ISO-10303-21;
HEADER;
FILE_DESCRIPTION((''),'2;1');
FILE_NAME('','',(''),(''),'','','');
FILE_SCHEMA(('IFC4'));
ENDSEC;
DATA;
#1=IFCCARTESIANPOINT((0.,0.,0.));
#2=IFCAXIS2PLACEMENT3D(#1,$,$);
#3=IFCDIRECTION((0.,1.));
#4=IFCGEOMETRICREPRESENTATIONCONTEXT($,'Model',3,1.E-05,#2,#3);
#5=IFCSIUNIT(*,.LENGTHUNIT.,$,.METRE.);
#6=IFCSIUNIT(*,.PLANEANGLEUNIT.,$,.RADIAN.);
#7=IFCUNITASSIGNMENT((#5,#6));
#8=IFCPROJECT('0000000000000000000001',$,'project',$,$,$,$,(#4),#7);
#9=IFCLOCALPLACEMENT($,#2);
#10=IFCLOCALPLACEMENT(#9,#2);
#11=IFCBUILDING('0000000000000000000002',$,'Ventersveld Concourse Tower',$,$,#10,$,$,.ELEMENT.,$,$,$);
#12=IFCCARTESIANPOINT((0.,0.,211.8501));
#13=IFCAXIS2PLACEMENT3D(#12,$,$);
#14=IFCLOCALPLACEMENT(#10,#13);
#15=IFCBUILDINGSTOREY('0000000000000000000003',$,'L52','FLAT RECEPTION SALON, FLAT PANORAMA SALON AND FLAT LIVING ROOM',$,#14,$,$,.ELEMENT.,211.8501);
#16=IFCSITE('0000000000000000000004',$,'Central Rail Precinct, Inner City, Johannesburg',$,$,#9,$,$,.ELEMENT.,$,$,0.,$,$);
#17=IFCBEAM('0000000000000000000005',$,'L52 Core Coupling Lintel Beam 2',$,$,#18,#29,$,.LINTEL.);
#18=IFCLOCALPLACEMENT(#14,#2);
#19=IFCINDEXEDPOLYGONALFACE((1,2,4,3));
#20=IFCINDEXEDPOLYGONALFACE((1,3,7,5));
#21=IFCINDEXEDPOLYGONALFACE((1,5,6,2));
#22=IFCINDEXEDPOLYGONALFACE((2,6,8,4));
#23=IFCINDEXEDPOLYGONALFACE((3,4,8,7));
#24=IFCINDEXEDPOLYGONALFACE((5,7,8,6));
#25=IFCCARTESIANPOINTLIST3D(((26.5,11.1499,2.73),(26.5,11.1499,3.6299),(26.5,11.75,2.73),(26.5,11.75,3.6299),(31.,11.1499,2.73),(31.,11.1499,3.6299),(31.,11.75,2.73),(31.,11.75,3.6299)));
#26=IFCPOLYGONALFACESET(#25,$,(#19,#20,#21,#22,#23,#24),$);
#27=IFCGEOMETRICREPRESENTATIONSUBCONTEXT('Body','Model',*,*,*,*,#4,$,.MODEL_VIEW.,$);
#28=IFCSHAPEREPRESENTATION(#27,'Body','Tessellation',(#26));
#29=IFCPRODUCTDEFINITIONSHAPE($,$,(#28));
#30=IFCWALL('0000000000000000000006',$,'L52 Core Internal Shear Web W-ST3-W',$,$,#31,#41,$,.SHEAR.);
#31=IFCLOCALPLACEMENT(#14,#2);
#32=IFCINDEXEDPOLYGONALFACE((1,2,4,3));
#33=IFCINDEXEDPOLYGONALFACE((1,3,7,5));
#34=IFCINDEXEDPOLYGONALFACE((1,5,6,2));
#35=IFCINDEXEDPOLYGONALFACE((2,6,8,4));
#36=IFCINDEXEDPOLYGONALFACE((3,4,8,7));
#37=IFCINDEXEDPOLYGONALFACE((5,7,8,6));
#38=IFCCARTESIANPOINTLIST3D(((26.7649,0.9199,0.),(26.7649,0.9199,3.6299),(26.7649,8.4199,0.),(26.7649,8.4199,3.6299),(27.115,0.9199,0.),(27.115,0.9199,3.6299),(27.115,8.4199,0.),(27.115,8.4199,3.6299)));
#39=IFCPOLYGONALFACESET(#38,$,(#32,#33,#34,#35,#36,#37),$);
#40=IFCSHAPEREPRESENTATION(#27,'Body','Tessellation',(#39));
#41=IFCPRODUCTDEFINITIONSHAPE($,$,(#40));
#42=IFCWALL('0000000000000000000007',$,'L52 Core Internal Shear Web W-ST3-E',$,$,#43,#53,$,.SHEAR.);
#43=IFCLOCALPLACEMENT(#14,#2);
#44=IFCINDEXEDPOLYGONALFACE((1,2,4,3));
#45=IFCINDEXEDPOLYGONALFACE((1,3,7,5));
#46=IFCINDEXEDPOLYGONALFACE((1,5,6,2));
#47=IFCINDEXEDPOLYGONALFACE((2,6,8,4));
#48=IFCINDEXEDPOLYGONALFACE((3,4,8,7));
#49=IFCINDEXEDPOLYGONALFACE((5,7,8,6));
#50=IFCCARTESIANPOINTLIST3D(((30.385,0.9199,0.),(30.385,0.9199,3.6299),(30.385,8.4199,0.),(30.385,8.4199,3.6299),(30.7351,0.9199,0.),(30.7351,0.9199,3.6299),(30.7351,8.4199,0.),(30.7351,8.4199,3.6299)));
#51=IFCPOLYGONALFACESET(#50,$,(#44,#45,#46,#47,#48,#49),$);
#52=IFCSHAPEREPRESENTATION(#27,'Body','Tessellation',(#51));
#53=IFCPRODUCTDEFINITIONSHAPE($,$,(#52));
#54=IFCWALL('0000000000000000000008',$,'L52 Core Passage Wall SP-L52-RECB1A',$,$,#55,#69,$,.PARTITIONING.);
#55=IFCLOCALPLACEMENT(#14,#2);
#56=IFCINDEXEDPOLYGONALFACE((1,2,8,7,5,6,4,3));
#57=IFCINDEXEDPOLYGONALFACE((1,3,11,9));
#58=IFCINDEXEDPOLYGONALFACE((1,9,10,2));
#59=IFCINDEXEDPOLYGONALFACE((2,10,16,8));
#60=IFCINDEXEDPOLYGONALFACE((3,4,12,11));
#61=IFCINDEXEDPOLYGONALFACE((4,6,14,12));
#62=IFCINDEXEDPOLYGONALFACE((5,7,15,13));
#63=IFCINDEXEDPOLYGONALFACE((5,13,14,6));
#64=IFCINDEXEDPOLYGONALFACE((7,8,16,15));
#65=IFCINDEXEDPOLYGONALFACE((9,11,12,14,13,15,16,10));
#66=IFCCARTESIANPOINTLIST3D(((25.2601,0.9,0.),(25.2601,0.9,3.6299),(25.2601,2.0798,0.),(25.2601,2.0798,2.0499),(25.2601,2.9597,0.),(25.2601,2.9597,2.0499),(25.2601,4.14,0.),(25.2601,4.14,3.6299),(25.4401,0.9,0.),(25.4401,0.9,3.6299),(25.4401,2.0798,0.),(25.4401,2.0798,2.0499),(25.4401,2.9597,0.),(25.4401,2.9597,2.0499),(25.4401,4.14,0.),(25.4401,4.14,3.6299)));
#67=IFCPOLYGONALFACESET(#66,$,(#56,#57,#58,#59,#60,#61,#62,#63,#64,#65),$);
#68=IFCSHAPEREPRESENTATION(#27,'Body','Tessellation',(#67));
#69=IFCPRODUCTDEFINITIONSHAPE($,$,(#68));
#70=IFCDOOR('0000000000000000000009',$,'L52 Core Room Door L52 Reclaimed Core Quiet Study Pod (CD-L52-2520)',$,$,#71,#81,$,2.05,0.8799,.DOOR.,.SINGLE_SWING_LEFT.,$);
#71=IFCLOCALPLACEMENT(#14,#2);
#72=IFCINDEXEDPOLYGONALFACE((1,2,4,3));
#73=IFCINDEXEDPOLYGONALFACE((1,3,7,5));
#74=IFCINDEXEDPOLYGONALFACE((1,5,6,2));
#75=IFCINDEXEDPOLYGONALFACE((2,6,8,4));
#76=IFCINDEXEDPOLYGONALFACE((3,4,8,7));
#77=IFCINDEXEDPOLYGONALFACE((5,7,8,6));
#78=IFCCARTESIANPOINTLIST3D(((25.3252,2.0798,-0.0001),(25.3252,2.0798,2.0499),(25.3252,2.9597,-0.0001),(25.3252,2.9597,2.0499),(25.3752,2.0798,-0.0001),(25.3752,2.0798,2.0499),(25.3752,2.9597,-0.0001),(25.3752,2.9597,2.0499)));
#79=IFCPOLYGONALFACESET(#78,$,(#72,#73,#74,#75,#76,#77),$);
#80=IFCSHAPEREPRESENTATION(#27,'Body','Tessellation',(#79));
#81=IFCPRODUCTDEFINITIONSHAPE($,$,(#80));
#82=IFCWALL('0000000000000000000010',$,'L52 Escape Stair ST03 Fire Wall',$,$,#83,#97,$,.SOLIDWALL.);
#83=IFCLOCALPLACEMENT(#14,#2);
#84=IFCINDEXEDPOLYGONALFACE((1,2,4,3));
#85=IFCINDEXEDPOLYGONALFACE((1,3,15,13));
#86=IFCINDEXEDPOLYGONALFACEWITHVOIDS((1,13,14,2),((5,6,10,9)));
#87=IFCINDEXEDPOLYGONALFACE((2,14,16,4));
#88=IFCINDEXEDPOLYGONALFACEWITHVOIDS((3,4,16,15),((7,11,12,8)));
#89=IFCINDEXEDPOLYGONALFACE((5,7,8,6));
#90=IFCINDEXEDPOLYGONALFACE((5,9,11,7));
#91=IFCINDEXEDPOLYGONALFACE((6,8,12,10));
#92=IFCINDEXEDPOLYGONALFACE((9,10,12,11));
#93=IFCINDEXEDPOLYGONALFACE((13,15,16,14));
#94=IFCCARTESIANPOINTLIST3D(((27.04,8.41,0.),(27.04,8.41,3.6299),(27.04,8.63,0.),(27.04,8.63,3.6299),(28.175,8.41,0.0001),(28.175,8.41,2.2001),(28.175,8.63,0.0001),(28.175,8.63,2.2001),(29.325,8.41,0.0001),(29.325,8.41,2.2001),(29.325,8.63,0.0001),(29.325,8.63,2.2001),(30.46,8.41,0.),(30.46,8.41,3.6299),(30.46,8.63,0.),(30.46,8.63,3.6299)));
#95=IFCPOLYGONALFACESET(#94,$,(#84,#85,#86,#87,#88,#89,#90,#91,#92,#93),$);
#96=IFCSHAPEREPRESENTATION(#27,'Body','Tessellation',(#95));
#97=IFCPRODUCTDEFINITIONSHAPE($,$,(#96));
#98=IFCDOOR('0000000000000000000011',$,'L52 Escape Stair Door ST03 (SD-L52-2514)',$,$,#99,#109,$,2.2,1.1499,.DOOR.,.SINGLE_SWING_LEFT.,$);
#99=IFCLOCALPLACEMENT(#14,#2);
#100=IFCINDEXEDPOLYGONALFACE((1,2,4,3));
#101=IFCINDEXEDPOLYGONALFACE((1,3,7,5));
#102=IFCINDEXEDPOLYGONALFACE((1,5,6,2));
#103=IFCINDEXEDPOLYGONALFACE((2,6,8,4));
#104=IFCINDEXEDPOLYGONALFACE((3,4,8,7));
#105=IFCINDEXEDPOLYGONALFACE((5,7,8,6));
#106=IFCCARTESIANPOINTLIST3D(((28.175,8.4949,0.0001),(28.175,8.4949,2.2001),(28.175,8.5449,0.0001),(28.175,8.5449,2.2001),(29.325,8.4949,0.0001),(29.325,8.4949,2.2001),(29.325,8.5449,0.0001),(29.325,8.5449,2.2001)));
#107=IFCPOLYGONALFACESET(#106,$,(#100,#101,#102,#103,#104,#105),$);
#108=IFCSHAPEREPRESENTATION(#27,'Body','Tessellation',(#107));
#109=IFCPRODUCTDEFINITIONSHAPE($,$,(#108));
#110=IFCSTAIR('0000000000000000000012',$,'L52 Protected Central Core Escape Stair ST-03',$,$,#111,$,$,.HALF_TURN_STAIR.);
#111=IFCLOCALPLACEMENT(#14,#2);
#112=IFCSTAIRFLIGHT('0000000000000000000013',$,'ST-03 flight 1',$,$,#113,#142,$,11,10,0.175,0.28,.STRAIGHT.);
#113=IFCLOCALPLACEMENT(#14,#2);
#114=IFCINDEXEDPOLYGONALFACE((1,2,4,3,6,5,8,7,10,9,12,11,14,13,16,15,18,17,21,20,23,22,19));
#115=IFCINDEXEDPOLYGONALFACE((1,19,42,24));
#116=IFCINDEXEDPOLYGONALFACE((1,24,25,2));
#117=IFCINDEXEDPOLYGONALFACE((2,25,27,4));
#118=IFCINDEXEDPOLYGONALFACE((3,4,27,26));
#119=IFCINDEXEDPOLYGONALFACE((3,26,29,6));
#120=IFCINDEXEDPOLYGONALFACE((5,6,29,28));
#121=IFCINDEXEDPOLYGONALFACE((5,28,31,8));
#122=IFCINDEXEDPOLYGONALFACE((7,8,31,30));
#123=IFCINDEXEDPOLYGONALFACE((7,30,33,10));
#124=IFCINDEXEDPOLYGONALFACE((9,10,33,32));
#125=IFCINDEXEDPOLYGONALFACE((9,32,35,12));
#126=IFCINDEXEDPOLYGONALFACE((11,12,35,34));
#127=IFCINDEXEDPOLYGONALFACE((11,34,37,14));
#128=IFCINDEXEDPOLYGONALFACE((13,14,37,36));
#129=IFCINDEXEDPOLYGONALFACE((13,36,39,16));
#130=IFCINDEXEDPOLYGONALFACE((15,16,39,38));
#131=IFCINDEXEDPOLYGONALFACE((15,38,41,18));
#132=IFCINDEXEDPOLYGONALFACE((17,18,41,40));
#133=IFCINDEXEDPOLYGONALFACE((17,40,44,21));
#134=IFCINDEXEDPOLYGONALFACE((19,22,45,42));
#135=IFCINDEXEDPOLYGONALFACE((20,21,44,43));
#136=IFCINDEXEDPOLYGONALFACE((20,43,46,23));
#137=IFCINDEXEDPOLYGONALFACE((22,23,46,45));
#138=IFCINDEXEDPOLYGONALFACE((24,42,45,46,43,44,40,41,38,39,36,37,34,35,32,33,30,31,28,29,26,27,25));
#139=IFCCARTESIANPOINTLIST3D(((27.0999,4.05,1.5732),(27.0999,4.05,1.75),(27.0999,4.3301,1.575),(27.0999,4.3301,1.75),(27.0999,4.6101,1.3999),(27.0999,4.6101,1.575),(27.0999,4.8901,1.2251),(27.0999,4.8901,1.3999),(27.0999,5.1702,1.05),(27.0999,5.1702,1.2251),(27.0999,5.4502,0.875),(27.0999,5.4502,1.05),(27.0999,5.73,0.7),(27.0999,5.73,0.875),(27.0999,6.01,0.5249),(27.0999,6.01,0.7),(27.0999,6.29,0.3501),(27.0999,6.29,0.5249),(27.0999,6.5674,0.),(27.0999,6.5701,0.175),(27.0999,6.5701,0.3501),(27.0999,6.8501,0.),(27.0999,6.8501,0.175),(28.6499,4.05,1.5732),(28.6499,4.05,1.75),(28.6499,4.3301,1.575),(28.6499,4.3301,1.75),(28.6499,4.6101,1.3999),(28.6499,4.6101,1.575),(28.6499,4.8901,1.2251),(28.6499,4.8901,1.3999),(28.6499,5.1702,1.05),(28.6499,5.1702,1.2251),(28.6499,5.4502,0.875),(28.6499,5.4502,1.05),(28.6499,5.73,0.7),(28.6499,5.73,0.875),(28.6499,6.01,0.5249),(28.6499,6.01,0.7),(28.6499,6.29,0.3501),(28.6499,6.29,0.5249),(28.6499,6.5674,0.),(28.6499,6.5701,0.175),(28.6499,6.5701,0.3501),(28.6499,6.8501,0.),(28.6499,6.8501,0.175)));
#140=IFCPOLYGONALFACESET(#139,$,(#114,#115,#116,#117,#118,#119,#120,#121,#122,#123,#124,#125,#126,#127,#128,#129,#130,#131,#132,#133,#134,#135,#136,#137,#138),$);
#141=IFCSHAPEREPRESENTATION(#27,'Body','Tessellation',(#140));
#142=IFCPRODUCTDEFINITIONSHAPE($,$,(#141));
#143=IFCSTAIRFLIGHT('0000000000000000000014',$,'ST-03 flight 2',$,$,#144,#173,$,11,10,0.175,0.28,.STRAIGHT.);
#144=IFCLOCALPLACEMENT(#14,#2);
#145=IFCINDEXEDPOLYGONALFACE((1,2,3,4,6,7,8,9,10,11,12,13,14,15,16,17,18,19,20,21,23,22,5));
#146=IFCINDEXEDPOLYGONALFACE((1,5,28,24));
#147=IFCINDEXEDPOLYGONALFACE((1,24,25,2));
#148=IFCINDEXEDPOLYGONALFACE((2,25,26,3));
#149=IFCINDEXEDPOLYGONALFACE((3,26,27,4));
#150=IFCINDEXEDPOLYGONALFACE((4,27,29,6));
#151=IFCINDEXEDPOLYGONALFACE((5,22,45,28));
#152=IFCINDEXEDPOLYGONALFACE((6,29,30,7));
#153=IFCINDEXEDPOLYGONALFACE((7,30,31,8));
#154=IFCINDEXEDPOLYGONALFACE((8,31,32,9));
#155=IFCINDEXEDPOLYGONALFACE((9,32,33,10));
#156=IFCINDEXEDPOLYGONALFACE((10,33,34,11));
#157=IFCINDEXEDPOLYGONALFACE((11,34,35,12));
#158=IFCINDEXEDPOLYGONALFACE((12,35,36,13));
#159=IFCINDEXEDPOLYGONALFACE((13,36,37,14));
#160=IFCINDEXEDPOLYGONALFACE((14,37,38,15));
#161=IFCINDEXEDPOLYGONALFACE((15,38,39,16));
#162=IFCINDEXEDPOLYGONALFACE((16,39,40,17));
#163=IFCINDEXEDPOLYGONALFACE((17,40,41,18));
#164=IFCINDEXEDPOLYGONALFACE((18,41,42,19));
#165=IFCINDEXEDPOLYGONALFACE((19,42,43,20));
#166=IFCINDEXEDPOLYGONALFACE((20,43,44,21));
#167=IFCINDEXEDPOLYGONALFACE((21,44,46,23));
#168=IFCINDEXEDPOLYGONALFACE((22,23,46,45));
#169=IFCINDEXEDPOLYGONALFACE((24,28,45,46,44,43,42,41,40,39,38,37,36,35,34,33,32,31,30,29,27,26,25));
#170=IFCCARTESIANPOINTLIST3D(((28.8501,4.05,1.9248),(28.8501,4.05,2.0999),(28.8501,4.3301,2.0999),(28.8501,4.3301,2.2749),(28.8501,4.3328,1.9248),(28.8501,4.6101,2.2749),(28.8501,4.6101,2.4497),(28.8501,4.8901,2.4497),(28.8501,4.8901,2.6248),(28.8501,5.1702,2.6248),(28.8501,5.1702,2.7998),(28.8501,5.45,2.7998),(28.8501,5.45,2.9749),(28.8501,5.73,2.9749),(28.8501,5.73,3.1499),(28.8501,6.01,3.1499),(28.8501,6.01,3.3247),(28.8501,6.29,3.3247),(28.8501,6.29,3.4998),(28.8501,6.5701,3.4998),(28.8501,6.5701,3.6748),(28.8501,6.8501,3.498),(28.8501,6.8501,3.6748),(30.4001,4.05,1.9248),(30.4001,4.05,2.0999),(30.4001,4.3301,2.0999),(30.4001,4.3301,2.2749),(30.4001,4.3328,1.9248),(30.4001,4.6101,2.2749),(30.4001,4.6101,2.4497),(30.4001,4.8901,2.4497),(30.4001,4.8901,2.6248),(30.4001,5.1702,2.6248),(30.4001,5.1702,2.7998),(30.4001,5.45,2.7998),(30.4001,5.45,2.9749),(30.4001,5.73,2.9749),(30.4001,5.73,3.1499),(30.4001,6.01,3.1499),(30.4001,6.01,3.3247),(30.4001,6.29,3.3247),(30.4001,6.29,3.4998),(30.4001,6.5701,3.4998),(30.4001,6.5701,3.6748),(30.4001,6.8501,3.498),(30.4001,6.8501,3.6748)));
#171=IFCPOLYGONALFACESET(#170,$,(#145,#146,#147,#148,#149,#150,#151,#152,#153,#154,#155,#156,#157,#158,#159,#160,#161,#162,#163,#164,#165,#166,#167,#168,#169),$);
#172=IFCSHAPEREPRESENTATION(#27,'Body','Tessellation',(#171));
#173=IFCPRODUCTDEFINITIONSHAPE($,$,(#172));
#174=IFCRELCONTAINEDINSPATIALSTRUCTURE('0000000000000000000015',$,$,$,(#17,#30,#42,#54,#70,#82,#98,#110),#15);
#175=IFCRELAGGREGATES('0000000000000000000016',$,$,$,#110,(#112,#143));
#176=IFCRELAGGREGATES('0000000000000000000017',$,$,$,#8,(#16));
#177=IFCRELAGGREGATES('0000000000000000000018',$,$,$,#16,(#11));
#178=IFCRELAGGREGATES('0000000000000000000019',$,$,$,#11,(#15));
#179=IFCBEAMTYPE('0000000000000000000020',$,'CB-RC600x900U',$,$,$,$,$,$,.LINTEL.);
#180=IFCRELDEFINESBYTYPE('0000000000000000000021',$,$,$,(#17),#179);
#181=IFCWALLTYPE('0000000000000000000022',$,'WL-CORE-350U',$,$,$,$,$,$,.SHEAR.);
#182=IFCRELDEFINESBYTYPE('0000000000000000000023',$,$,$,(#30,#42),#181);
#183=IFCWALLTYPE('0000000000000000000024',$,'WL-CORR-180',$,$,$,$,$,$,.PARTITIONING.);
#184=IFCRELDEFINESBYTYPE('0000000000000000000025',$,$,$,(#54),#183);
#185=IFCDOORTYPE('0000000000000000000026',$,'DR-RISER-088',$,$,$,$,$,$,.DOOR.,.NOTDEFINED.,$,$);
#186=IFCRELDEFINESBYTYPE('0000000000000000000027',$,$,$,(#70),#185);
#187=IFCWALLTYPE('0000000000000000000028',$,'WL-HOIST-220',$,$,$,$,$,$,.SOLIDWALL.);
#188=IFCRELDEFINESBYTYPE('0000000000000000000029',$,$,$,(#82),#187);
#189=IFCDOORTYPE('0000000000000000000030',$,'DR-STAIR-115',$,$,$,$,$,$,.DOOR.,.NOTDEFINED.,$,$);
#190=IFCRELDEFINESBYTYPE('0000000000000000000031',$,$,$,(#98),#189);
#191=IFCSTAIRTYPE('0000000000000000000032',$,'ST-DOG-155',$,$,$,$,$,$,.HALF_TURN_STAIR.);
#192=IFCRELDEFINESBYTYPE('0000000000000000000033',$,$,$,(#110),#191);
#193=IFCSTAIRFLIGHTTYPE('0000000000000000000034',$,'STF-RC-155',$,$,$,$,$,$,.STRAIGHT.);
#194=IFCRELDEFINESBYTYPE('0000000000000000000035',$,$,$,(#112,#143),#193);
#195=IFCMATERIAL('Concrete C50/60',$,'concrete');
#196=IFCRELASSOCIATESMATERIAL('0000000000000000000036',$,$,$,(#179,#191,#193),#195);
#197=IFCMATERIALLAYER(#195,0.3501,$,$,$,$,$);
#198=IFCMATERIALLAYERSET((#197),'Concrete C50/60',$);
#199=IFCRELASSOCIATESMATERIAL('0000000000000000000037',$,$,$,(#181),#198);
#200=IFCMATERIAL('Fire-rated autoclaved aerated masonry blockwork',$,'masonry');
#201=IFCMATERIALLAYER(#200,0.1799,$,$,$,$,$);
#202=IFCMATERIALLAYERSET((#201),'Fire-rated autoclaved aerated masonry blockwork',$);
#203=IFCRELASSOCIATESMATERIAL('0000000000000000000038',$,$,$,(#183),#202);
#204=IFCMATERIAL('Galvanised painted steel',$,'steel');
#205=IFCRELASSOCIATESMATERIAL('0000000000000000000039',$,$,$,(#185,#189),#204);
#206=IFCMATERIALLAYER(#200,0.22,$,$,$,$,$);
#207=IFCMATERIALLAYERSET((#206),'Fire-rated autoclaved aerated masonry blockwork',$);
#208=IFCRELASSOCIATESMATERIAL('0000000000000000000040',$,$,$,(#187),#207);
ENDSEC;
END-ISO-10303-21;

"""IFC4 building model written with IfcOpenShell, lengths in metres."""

from ifc_helpers import new_model, si_unit, direction, frame, frame_2d, origin, origin_2d, place, context, subcontext, project, spatial, polyline, rectangle, outline, extrude, material, layer, layer_set, material_profile, profile_set, type_object, element, fill, aggregate, save


model = new_model("IFC4")

# Units and contexts
model_context = context("Model", 3, precision=1e-05, world=origin(), true_north=direction((0.0, 1.0)))
body_context = subcontext(model_context, "Body", "Model", "MODEL_VIEW")
ifc_project = project(units=[si_unit("LENGTHUNIT", "METRE"), si_unit("PLANEANGLEUNIT", "RADIAN")], contexts=[model_context])

# Site, building, storey
site_placement = place(None, origin())
site = spatial("IfcSite", under=ifc_project, at=site_placement, Name="Central Rail Precinct, Inner City, Johannesburg", CompositionType="ELEMENT", RefElevation=0.0)
building_placement = place(site_placement, origin())
building = spatial("IfcBuilding", under=site, at=building_placement, Name="Ventersveld Concourse Tower", CompositionType="ELEMENT")
storey_placement = place(building_placement, frame((0.0, 0.0, 211.8501)))
storey = spatial("IfcBuildingStorey", under=building, at=storey_placement, Name="L52", Description="FLAT RECEPTION SALON, FLAT PANORAMA SALON AND FLAT LIVING ROOM", CompositionType="ELEMENT", Elevation=211.8501)

# Beam
ifc_material_1 = material(Name="Concrete C50/60", Category="concrete")
ifc_material_profile = material_profile(ifc_material_1, rectangle(XDim=0.6001, YDim=0.8999, at=origin_2d()), Name="RC 600x900")
ifc_profile_set = profile_set([ifc_material_profile], Name="Concrete C50/60")
beam_type = type_object("IfcBeamType", Name="CB-RC600x900U", PredefinedType="LINTEL", material=ifc_profile_set)
beam_placement = place(storey_placement, frame((26.5, 11.45, 3.1799), z_axis=(1.0, 0.0, 0.0), x_axis=(0.0, 1.0, 0.0)))
element("IfcBeam", 1, at=beam_placement, inside=storey, type_object=beam_type, Name="L52 Core Coupling Lintel Beam 2", PredefinedType="LINTEL", context=body_context, shape_type="SweptSolid", body=[
    extrude(rectangle(XDim=0.6001, YDim=0.8999, at=origin_2d()), origin(), (0.0, 0.0, 1.0), 4.5),
])

# Walls
ifc_layer_1 = layer(ifc_material_1, 0.3501)
ifc_layer_set_1 = layer_set([ifc_layer_1], Name="Concrete C50/60")
wall_type_1 = type_object("IfcWallType", Name="WL-CORE-350U", PredefinedType="SHEAR", material=ifc_layer_set_1)
for number, where, z_axis, x_axis, name in (
    (2, (26.9399, 0.9199, 0.0), (0.0, 0.0, 1.0), (0.0, 1.0, 0.0), "L52 Core Internal Shear Web W-ST3-W"),
    (3, (30.5601, 0.9199, 0.0), (0.0, 0.0, 1.0), (0.0, 1.0, 0.0), "L52 Core Internal Shear Web W-ST3-E"),
):
    element("IfcWall", number, at=place(storey_placement, frame(where, z_axis=z_axis, x_axis=x_axis)), inside=storey, type_object=wall_type_1, Name=name, PredefinedType="SHEAR", context=body_context, shape_type="SweptSolid", body=[
        extrude(rectangle(XDim=7.5, YDim=0.3501, at=frame_2d((3.75, 0.0))), origin(), (0.0, 0.0, 1.0), 3.6299),
    ])

# Walls, openings, doors
ifc_material_2 = material(Name="Fire-rated autoclaved aerated masonry blockwork", Category="masonry")
ifc_layer_2 = layer(ifc_material_2, 0.1799)
ifc_layer_set_2 = layer_set([ifc_layer_2], Name="Fire-rated autoclaved aerated masonry blockwork")
wall_type_2 = type_object("IfcWallType", Name="WL-CORR-180", PredefinedType="PARTITIONING", material=ifc_layer_set_2)
wall_1_placement = place(storey_placement, frame((25.3501, 0.8999, 0.0), z_axis=(0.0, 0.0, 1.0), x_axis=(0.0, 1.0, 0.0)))
wall_1 = element("IfcWall", 4, at=wall_1_placement, inside=storey, type_object=wall_type_2, Name="L52 Core Passage Wall SP-L52-RECB1A", PredefinedType="PARTITIONING", context=body_context, shape_type="SweptSolid", body=[
    extrude(rectangle(XDim=3.24, YDim=0.1799, at=frame_2d((1.6201, 0.0))), origin(), (0.0, 0.0, 1.0), 3.6299),
])
opening_1_placement = place(wall_1_placement, frame((1.1799, 0.0, 0.0)))
opening_1 = element("IfcOpeningElement", 5, at=opening_1_placement, cuts=wall_1, PredefinedType="OPENING", context=body_context, shape_type="SweptSolid", body=[
    extrude(rectangle(XDim=0.8799, YDim=2.05, at=frame_2d((0.4399, 1.0249))), frame((0.0, 0.1001, 0.0), z_axis=(0.0, -1.0, 0.0), x_axis=(1.0, 0.0, 0.0)), (0.0, 0.0, 1.0), 0.2),
])
ifc_material_3 = material(Name="Galvanised painted steel", Category="steel")
door_type_1 = type_object("IfcDoorType", Name="DR-RISER-088", OperationType="NOTDEFINED", PredefinedType="DOOR", material=ifc_material_3)
door_1_placement = place(opening_1_placement, origin())
door_1 = element("IfcDoor", 6, at=door_1_placement, inside=storey, type_object=door_type_1, Name="L52 Core Room Door L52 Reclaimed Core Quiet Study Pod (CD-L52-2520)", OperationType="SINGLE_SWING_LEFT", OverallHeight=2.05, OverallWidth=0.8799, PredefinedType="DOOR", context=body_context, shape_type="SweptSolid", body=[
    extrude(rectangle(XDim=0.8799, YDim=2.05, at=frame_2d((0.4399, 1.0249))), frame((0.0, 0.0249, 0.0), z_axis=(0.0, -1.0, 0.0), x_axis=(1.0, 0.0, 0.0)), (0.0, 0.0, 1.0), 0.05),
])
fill(opening_1, door_1)
ifc_layer_3 = layer(ifc_material_2, 0.22)
ifc_layer_set_3 = layer_set([ifc_layer_3], Name="Fire-rated autoclaved aerated masonry blockwork")
wall_type_3 = type_object("IfcWallType", Name="WL-HOIST-220", PredefinedType="SOLIDWALL", material=ifc_layer_set_3)
wall_2_placement = place(storey_placement, frame((27.04, 8.52, 0.0), z_axis=(0.0, 0.0, 1.0), x_axis=(1.0, 0.0, 0.0)))
wall_2 = element("IfcWall", 7, at=wall_2_placement, inside=storey, type_object=wall_type_3, Name="L52 Escape Stair ST03 Fire Wall", PredefinedType="SOLIDWALL", context=body_context, shape_type="SweptSolid", body=[
    extrude(rectangle(XDim=3.4199, YDim=0.22, at=frame_2d((1.71, 0.0))), origin(), (0.0, 0.0, 1.0), 3.6299),
])
opening_2_placement = place(wall_2_placement, frame((1.135, 0.0, 0.0)))
opening_2 = element("IfcOpeningElement", 8, at=opening_2_placement, cuts=wall_2, PredefinedType="OPENING", context=body_context, shape_type="SweptSolid", body=[
    extrude(rectangle(XDim=1.1499, YDim=2.2, at=frame_2d((0.575, 1.1001))), frame((0.0, 0.1201, 0.0), z_axis=(0.0, -1.0, 0.0), x_axis=(1.0, 0.0, 0.0)), (0.0, 0.0, 1.0), 0.24),
])
door_type_2 = type_object("IfcDoorType", Name="DR-STAIR-115", OperationType="NOTDEFINED", PredefinedType="DOOR", material=ifc_material_3)
door_2_placement = place(opening_2_placement, origin())
door_2 = element("IfcDoor", 9, at=door_2_placement, inside=storey, type_object=door_type_2, Name="L52 Escape Stair Door ST03 (SD-L52-2514)", OperationType="SINGLE_SWING_LEFT", OverallHeight=2.2, OverallWidth=1.1499, PredefinedType="DOOR", context=body_context, shape_type="SweptSolid", body=[
    extrude(rectangle(XDim=1.1499, YDim=2.2, at=frame_2d((0.575, 1.1001))), frame((0.0, 0.0249, 0.0), z_axis=(0.0, -1.0, 0.0), x_axis=(1.0, 0.0, 0.0)), (0.0, 0.0, 1.0), 0.05),
])
fill(opening_2, door_2)

# Stair, stair flights
stair_type = type_object("IfcStairType", Name="ST-DOG-155", PredefinedType="HALF_TURN_STAIR", material=ifc_material_1)
stair_placement = place(storey_placement, origin())
stair = element("IfcStair", 10, at=stair_placement, inside=storey, type_object=stair_type, Name="L52 Protected Central Core Escape Stair ST-03", PredefinedType="HALF_TURN_STAIR")
stair_flight_type = type_object("IfcStairFlightType", Name="STF-RC-155", PredefinedType="STRAIGHT", material=ifc_material_1)
stair_flight_1_placement = place(storey_placement, frame((27.875, 6.8501, 0.0), z_axis=(0.0, 0.0, 1.0), x_axis=(0.0, -1.0, 0.0)))
stair_flight_1 = element("IfcStairFlight", 11, at=stair_flight_1_placement, type_object=stair_flight_type, Name="ST-03 flight 1", NumberOfRisers=11, NumberOfTreads=10, PredefinedType="STRAIGHT", RiserHeight=0.175, TreadLength=0.28, context=body_context, shape_type="SweptSolid", body=[
    extrude(outline(polyline([(0.0, 0.0), (0.0, 0.175), (0.28, 0.175), (0.28, 0.3501), (0.5601, 0.3501), (0.5601, 0.5249), (0.8401, 0.5249), (0.8401, 0.7), (1.1201, 0.7), (1.1201, 0.875), (1.3999, 0.875), (1.3999, 1.05), (1.6799, 1.05), (1.6799, 1.2251), (1.96, 1.2251), (1.96, 1.3999), (2.24, 1.3999), (2.24, 1.575), (2.52, 1.575), (2.52, 1.75), (2.8, 1.75), (2.8, 1.925), (2.8, 1.5732), (0.2827, 0.0), (0.0, 0.0)])), frame((0.0, 0.7749, 0.0), z_axis=(0.0, -1.0, 0.0), x_axis=(1.0, 0.0, 0.0)), (0.0, 0.0, 1.0), 1.55),
])
stair_flight_2_placement = place(storey_placement, frame((29.625, 4.05, 1.9248), z_axis=(0.0, 0.0, 1.0), x_axis=(0.0, 1.0, 0.0)))
stair_flight_2 = element("IfcStairFlight", 12, at=stair_flight_2_placement, type_object=stair_flight_type, Name="ST-03 flight 2", NumberOfRisers=11, NumberOfTreads=10, PredefinedType="STRAIGHT", RiserHeight=0.175, TreadLength=0.28, context=body_context, shape_type="SweptSolid", body=[
    extrude(outline(polyline([(0.0, 0.0), (0.0, 0.175), (0.28, 0.175), (0.28, 0.3501), (0.5601, 0.3501), (0.5601, 0.5249), (0.8401, 0.5249), (0.8401, 0.7), (1.1201, 0.7), (1.1201, 0.875), (1.3999, 0.875), (1.3999, 1.05), (1.6799, 1.05), (1.6799, 1.2251), (1.96, 1.2251), (1.96, 1.3999), (2.24, 1.3999), (2.24, 1.575), (2.52, 1.575), (2.52, 1.75), (2.8, 1.75), (2.8, 1.925), (2.8, 1.5732), (0.2827, 0.0), (0.0, 0.0)])), frame((0.0, 0.7749, 0.0), z_axis=(0.0, -1.0, 0.0), x_axis=(1.0, 0.0, 0.0)), (0.0, 0.0, 1.0), 1.55),
])
aggregate(stair, [stair_flight_1, stair_flight_2])

save(model, "model.ifc")
